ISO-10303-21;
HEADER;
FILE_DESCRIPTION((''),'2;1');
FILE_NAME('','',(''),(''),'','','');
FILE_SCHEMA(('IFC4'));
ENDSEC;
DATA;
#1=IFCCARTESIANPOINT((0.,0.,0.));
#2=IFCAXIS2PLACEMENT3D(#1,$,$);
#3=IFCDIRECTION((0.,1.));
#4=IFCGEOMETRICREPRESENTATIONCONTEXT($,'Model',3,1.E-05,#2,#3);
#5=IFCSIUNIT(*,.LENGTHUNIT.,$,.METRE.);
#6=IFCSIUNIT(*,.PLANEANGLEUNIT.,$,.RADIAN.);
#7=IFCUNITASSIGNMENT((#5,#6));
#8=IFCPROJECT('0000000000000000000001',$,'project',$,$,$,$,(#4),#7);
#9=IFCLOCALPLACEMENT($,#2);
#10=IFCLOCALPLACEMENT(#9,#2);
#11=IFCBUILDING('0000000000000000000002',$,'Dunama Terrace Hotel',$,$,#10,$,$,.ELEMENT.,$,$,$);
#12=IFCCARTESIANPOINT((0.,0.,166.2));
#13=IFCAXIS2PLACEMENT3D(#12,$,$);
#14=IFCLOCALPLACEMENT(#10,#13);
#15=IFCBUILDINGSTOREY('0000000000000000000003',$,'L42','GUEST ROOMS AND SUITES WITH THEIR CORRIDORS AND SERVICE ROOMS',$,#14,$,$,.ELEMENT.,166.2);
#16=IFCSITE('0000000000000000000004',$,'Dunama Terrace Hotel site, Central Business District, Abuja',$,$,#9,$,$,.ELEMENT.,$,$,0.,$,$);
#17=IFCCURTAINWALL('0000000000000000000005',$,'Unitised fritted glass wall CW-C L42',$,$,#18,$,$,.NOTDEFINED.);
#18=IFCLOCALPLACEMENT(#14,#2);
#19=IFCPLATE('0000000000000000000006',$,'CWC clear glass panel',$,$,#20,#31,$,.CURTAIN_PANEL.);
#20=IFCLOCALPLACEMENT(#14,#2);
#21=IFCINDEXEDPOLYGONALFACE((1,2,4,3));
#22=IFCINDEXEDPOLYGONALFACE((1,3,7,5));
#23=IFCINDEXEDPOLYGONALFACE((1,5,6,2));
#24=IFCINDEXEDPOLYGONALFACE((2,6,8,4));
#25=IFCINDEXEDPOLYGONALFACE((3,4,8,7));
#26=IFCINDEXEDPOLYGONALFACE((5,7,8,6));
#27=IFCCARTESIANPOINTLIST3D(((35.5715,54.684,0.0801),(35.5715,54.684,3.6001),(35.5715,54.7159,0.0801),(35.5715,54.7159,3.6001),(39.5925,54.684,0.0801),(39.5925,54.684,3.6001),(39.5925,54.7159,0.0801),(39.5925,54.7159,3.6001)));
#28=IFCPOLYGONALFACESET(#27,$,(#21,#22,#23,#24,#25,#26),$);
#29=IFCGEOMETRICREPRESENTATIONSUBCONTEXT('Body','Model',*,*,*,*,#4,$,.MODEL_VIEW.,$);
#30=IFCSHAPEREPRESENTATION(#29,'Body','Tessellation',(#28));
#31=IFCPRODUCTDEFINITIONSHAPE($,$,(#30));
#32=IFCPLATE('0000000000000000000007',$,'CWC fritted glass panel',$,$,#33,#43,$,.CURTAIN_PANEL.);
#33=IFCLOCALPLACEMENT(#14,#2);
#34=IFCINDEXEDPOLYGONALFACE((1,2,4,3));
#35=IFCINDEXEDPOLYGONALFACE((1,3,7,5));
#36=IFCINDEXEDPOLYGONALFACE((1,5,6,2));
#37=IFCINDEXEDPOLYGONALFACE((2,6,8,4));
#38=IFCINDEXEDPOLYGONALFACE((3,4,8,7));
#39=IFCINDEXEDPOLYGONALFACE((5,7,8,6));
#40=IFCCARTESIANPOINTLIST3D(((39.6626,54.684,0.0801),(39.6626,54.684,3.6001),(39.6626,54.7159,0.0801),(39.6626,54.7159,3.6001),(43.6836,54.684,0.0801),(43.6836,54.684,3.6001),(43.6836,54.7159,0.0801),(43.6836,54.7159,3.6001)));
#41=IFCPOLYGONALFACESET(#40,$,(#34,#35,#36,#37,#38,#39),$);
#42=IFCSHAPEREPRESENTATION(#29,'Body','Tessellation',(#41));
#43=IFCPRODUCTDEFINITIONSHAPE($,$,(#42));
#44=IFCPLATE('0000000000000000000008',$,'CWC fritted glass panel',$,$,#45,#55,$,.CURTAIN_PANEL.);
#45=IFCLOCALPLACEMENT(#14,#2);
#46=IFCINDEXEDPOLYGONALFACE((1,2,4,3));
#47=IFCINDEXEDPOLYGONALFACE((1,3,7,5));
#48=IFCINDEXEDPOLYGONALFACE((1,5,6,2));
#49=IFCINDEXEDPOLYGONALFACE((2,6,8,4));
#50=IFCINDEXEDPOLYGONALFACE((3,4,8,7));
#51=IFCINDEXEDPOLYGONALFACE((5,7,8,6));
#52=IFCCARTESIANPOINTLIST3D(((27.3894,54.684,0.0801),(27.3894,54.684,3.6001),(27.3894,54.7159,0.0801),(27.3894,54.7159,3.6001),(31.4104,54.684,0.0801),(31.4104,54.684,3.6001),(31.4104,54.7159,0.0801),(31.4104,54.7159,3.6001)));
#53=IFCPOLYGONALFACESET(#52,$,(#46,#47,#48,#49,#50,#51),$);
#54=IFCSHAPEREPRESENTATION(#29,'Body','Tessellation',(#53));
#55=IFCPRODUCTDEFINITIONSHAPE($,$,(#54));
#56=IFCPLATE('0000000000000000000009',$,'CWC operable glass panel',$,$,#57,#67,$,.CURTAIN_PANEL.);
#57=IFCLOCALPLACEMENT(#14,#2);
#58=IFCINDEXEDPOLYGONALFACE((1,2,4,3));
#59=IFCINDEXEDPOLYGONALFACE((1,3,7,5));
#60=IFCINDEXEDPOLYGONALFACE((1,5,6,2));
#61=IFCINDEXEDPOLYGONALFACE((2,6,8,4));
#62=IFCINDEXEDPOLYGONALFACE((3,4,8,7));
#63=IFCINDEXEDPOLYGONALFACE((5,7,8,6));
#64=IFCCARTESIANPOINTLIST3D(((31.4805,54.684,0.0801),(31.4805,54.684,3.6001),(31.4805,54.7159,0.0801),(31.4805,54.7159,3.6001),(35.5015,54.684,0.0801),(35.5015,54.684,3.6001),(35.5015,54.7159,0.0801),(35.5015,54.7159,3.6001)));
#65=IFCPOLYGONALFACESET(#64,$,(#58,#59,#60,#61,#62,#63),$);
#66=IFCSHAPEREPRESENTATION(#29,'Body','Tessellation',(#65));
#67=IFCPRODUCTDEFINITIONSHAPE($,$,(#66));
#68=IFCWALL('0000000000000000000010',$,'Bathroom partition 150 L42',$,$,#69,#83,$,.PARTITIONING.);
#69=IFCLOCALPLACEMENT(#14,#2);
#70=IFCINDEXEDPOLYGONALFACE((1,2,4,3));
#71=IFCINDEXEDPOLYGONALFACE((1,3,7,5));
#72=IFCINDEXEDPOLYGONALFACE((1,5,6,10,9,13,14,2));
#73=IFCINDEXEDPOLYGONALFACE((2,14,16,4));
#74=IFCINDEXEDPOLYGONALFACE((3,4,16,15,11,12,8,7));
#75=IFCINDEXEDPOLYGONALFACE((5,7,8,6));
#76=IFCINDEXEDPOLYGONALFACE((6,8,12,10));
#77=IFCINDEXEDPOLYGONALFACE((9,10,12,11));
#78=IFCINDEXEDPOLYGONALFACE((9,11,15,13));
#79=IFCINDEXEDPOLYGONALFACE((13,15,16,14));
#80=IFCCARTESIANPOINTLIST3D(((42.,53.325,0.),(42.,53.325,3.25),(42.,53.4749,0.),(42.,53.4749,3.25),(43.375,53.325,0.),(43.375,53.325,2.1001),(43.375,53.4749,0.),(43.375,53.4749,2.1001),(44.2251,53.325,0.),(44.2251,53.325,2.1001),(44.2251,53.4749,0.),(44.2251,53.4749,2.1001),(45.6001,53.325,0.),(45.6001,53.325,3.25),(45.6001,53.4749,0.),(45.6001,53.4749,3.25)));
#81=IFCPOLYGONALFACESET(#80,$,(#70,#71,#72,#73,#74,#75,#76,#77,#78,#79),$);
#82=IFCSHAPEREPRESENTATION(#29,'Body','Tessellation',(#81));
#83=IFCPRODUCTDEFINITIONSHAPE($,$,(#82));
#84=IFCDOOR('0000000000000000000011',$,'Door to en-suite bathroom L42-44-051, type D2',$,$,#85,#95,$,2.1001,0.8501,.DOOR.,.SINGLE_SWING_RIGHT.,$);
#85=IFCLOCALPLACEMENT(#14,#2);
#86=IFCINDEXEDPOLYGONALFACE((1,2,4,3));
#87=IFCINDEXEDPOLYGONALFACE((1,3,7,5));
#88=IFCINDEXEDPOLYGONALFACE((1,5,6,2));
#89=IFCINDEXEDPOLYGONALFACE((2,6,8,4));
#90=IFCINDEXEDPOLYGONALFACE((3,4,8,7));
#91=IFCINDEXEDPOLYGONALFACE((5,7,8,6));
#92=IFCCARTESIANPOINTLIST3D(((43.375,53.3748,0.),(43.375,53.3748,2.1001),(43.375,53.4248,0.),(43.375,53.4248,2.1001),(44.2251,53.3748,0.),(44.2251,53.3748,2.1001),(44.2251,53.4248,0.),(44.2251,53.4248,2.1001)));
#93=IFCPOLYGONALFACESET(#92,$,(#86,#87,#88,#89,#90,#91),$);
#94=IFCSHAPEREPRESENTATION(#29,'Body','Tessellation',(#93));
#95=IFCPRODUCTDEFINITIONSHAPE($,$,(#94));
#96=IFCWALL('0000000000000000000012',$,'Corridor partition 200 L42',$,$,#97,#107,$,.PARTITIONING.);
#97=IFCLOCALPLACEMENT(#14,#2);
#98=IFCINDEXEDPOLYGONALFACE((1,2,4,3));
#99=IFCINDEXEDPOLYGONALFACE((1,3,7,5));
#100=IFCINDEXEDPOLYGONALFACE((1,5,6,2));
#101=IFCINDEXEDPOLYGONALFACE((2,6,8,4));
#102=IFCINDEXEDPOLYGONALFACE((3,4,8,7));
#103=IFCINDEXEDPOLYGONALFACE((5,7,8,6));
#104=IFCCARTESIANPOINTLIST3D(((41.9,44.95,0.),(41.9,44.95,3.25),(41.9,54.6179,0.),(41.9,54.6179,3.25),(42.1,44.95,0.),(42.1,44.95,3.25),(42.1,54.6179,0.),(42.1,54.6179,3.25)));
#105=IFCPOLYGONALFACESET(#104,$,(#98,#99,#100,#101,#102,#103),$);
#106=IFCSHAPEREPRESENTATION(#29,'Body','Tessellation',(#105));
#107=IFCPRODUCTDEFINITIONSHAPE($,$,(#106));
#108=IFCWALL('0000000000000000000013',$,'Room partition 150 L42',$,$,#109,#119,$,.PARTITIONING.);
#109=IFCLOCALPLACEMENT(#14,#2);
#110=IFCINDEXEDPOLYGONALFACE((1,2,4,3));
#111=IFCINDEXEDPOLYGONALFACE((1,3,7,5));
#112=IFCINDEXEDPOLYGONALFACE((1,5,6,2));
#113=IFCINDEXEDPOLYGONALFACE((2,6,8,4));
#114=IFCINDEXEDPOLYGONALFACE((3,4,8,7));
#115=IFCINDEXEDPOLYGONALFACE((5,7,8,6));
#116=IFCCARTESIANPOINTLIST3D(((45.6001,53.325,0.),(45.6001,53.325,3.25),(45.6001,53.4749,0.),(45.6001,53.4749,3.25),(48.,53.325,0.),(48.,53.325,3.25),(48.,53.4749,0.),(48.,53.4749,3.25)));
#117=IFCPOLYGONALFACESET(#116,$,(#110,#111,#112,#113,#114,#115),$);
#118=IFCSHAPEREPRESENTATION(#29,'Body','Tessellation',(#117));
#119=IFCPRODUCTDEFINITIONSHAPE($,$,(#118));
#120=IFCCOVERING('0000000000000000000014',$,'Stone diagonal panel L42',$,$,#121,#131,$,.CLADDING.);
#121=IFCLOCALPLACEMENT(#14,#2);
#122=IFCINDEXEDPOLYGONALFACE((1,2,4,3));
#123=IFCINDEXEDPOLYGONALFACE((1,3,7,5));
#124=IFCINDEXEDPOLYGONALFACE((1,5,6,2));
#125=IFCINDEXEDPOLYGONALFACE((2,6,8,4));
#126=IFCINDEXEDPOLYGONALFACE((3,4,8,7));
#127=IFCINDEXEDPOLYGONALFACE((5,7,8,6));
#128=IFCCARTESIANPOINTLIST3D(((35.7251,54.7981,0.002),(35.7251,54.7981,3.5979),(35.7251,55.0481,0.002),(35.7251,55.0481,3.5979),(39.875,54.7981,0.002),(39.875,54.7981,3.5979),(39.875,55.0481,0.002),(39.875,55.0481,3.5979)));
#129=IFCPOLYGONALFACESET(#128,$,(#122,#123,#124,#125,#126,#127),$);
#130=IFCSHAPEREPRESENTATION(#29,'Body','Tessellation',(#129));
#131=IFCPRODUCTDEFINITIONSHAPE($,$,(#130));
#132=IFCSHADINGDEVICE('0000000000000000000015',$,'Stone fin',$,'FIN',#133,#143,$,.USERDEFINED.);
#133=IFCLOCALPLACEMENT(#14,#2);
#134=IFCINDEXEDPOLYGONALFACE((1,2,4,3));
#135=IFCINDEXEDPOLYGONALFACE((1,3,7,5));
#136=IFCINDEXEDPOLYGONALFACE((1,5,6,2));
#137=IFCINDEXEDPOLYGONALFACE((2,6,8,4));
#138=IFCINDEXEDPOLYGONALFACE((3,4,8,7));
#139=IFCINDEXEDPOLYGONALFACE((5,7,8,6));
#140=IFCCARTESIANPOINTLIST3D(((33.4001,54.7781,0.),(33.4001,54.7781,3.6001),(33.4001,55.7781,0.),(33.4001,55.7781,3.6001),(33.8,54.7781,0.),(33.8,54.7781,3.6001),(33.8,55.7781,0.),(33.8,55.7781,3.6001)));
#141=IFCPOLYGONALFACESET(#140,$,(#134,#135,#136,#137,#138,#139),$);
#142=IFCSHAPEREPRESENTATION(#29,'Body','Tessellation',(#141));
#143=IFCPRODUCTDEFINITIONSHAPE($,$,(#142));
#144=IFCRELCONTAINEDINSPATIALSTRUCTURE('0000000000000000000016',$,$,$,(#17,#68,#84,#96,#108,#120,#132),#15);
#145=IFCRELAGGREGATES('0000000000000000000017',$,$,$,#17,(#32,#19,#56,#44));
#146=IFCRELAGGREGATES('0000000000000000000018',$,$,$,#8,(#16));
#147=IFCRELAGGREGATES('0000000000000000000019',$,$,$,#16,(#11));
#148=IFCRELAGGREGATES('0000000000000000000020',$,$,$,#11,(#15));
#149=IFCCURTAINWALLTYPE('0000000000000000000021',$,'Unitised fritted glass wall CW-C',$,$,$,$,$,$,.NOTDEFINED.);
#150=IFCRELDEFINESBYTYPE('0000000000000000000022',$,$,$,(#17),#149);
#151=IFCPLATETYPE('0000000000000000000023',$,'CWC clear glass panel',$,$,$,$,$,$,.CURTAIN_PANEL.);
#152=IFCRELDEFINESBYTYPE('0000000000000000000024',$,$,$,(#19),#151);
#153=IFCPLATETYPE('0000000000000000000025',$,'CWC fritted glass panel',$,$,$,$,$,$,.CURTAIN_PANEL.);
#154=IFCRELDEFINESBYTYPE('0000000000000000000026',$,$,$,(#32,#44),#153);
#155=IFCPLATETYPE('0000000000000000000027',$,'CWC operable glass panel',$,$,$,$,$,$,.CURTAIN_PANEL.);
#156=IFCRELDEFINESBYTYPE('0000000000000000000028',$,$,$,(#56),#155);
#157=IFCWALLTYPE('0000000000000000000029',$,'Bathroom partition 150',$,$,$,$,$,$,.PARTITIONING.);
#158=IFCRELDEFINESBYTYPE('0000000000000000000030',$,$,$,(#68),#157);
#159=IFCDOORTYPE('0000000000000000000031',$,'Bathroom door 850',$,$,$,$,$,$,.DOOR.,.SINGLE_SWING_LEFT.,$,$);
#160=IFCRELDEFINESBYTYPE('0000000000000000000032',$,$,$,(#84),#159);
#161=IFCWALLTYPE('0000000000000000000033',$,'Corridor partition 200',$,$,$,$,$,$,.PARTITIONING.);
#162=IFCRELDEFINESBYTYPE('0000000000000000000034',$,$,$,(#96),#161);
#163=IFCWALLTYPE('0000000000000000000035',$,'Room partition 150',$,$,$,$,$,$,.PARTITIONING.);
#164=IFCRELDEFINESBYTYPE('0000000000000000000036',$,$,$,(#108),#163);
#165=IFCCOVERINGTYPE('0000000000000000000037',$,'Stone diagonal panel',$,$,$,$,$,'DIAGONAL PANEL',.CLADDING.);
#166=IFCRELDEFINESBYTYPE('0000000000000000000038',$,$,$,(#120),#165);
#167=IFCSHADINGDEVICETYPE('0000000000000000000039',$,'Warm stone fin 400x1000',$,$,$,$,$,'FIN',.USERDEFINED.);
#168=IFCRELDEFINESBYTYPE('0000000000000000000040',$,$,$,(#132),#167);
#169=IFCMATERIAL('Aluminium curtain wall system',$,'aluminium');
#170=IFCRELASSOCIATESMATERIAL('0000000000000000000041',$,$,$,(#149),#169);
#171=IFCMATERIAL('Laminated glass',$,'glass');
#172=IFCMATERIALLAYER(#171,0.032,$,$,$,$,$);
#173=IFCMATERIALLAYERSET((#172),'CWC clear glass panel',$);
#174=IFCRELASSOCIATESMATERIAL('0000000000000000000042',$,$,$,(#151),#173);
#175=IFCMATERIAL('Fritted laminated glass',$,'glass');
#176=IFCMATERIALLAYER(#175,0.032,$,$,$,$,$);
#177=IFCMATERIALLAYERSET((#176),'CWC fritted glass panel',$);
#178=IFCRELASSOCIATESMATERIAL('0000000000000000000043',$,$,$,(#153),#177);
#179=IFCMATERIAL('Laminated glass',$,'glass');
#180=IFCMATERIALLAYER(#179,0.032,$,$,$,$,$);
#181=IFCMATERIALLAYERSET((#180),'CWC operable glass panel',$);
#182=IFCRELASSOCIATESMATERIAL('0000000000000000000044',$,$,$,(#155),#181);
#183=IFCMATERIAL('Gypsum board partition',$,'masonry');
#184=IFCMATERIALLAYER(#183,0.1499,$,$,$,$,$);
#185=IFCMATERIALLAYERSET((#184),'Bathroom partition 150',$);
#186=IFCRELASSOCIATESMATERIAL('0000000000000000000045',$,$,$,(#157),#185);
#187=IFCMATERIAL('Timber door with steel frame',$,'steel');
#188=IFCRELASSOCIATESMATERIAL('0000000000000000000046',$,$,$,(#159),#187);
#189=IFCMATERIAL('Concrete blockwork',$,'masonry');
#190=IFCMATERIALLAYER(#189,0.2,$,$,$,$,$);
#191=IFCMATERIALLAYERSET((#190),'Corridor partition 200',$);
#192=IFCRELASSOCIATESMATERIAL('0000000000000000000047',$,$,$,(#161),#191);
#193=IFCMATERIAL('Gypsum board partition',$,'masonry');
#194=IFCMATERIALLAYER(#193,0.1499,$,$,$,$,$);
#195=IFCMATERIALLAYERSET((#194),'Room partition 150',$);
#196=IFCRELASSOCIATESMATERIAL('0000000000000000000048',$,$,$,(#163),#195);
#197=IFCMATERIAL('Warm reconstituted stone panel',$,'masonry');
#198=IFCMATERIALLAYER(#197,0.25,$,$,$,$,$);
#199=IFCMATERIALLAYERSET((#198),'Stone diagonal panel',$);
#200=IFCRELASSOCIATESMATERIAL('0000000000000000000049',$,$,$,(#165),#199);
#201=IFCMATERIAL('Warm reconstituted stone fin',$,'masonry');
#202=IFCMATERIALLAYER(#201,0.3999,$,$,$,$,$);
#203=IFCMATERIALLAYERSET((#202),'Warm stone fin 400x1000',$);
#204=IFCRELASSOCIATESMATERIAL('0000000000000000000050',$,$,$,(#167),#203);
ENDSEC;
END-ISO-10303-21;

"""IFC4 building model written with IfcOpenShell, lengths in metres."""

from ifc_helpers import new_model, si_unit, direction, frame, frame_2d, origin, origin_2d, place, context, subcontext, project, spatial, rectangle, extrude, material, layer, layer_set, type_object, element, fill, aggregate, save


model = new_model("IFC4")

# Units and contexts
model_context = context("Model", 3, precision=1e-05, world=origin(), true_north=direction((0.0, 1.0)))
body_context = subcontext(model_context, "Body", "Model", "MODEL_VIEW")
ifc_project = project(units=[si_unit("LENGTHUNIT", "METRE"), si_unit("PLANEANGLEUNIT", "RADIAN")], contexts=[model_context])

# Site, building, storey
site_placement = place(None, origin())
site = spatial("IfcSite", under=ifc_project, at=site_placement, Name="Dunama Terrace Hotel site, Central Business District, Abuja", CompositionType="ELEMENT", RefElevation=0.0)
building_placement = place(site_placement, origin())
building = spatial("IfcBuilding", under=site, at=building_placement, Name="Dunama Terrace Hotel", CompositionType="ELEMENT")
storey_placement = place(building_placement, frame((0.0, 0.0, 166.2)))
storey = spatial("IfcBuildingStorey", under=building, at=storey_placement, Name="L42", Description="GUEST ROOMS AND SUITES WITH THEIR CORRIDORS AND SERVICE ROOMS", CompositionType="ELEMENT", Elevation=166.2)

# Curtain wall
ifc_material_1 = material(Name="Aluminium curtain wall system", Category="aluminium")
curtain_wall_type = type_object("IfcCurtainWallType", Name="Unitised fritted glass wall CW-C", PredefinedType="NOTDEFINED", material=ifc_material_1)
curtain_wall_placement = place(storey_placement, origin())
curtain_wall = element("IfcCurtainWall", 1, at=curtain_wall_placement, inside=storey, type_object=curtain_wall_type, Name="Unitised fritted glass wall CW-C L42", PredefinedType="NOTDEFINED")

# Plates
ifc_material_2 = material(Name="Laminated glass", Category="glass")
ifc_layer_1 = layer(ifc_material_2, 0.032)
ifc_layer_set_1 = layer_set([ifc_layer_1], Name="CWC clear glass panel")
plate_type_1 = type_object("IfcPlateType", Name="CWC clear glass panel", PredefinedType="CURTAIN_PANEL", material=ifc_layer_set_1)
plate_1_placement = place(storey_placement, frame((37.582, 54.7, 0.0801), z_axis=(0.0, 0.0, 1.0), x_axis=(-1.0, 0.0, 0.0)))
plate_1 = element("IfcPlate", 2, at=plate_1_placement, type_object=plate_type_1, Name="CWC clear glass panel", PredefinedType="CURTAIN_PANEL", context=body_context, shape_type="SweptSolid", body=[
    extrude(rectangle(XDim=4.021, YDim=0.032, at=origin_2d()), origin(), (0.0, 0.0, 1.0), 3.52),
])
ifc_material_3 = material(Name="Fritted laminated glass", Category="glass")
ifc_layer_2 = layer(ifc_material_3, 0.032)
ifc_layer_set_2 = layer_set([ifc_layer_2], Name="CWC fritted glass panel")
plate_type_2 = type_object("IfcPlateType", Name="CWC fritted glass panel", PredefinedType="CURTAIN_PANEL", material=ifc_layer_set_2)
plate_2_placement = place(storey_placement, frame((41.6731, 54.7, 0.0801), z_axis=(0.0, 0.0, 1.0), x_axis=(-1.0, 0.0, 0.0)))
plate_2 = element("IfcPlate", 3, at=plate_2_placement, type_object=plate_type_2, Name="CWC fritted glass panel", PredefinedType="CURTAIN_PANEL", context=body_context, shape_type="SweptSolid", body=[
    extrude(rectangle(XDim=4.021, YDim=0.032, at=origin_2d()), origin(), (0.0, 0.0, 1.0), 3.52),
])
plate_3_placement = place(storey_placement, frame((29.3999, 54.7, 0.0801), z_axis=(0.0, 0.0, 1.0), x_axis=(-1.0, 0.0, 0.0)))
plate_3 = element("IfcPlate", 4, at=plate_3_placement, type_object=plate_type_2, Name="CWC fritted glass panel", PredefinedType="CURTAIN_PANEL", context=body_context, shape_type="SweptSolid", body=[
    extrude(rectangle(XDim=4.021, YDim=0.032, at=origin_2d()), origin(), (0.0, 0.0, 1.0), 3.52),
])
ifc_material_4 = material(Name="Laminated glass", Category="glass")
ifc_layer_3 = layer(ifc_material_4, 0.032)
ifc_layer_set_3 = layer_set([ifc_layer_3], Name="CWC operable glass panel")
plate_type_3 = type_object("IfcPlateType", Name="CWC operable glass panel", PredefinedType="CURTAIN_PANEL", material=ifc_layer_set_3)
plate_4_placement = place(storey_placement, frame((33.491, 54.7, 0.0801), z_axis=(0.0, 0.0, 1.0), x_axis=(-1.0, 0.0, 0.0)))
plate_4 = element("IfcPlate", 5, at=plate_4_placement, type_object=plate_type_3, Name="CWC operable glass panel", PredefinedType="CURTAIN_PANEL", context=body_context, shape_type="SweptSolid", body=[
    extrude(rectangle(XDim=4.021, YDim=0.032, at=origin_2d()), origin(), (0.0, 0.0, 1.0), 3.52),
])
aggregate(curtain_wall, [plate_2, plate_1, plate_4, plate_3])

# Wall, opening, door
ifc_material_5 = material(Name="Gypsum board partition", Category="masonry")
ifc_layer_4 = layer(ifc_material_5, 0.1499)
ifc_layer_set_4 = layer_set([ifc_layer_4], Name="Bathroom partition 150")
wall_type_1 = type_object("IfcWallType", Name="Bathroom partition 150", PredefinedType="PARTITIONING", material=ifc_layer_set_4)
wall_1_placement = place(storey_placement, frame((42.0, 53.3999, 0.0), z_axis=(0.0, 0.0, 1.0), x_axis=(1.0, 0.0, 0.0)))
wall_1 = element("IfcWall", 6, at=wall_1_placement, inside=storey, type_object=wall_type_1, Name="Bathroom partition 150 L42", PredefinedType="PARTITIONING", context=body_context, shape_type="SweptSolid", body=[
    extrude(rectangle(XDim=3.6001, YDim=0.1499, at=frame_2d((1.8, 0.0))), origin(), (0.0, 0.0, 1.0), 3.25),
])
opening_placement = place(wall_1_placement, frame((1.375, 0.0, 0.0)))
opening = element("IfcOpeningElement", 7, at=opening_placement, cuts=wall_1, PredefinedType="OPENING", context=body_context, shape_type="SweptSolid", body=[
    extrude(rectangle(XDim=0.8501, YDim=2.1001, at=frame_2d((0.425, 1.05))), frame((0.0, 0.085, 0.0), z_axis=(0.0, -1.0, 0.0), x_axis=(1.0, 0.0, 0.0)), (0.0, 0.0, 1.0), 0.1699),
])
ifc_material_6 = material(Name="Timber door with steel frame", Category="steel")
door_type = type_object("IfcDoorType", Name="Bathroom door 850", OperationType="SINGLE_SWING_LEFT", PredefinedType="DOOR", material=ifc_material_6)
door_placement = place(opening_placement, frame((0.8501, 0.0, 0.0), z_axis=(0.0, 0.0, 1.0), x_axis=(-1.0, 0.0, 0.0)))
door = element("IfcDoor", 8, at=door_placement, inside=storey, type_object=door_type, Name="Door to en-suite bathroom L42-44-051, type D2", OperationType="SINGLE_SWING_RIGHT", OverallHeight=2.1001, OverallWidth=0.8501, PredefinedType="DOOR", context=body_context, shape_type="SweptSolid", body=[
    extrude(rectangle(XDim=0.8501, YDim=2.1001, at=frame_2d((0.425, 1.05))), frame((0.0, 0.0251, 0.0), z_axis=(0.0, -1.0, 0.0), x_axis=(1.0, 0.0, 0.0)), (0.0, 0.0, 1.0), 0.05),
])
fill(opening, door)

# Walls
ifc_material_7 = material(Name="Concrete blockwork", Category="masonry")
ifc_layer_5 = layer(ifc_material_7, 0.2)
ifc_layer_set_5 = layer_set([ifc_layer_5], Name="Corridor partition 200")
wall_type_2 = type_object("IfcWallType", Name="Corridor partition 200", PredefinedType="PARTITIONING", material=ifc_layer_set_5)
wall_2_placement = place(storey_placement, frame((42.0, 54.6179, 0.0), z_axis=(0.0, 0.0, 1.0), x_axis=(0.0, -1.0, 0.0)))
element("IfcWall", 9, at=wall_2_placement, inside=storey, type_object=wall_type_2, Name="Corridor partition 200 L42", PredefinedType="PARTITIONING", context=body_context, shape_type="SweptSolid", body=[
    extrude(rectangle(XDim=9.668, YDim=0.2, at=frame_2d((4.834, 0.0))), origin(), (0.0, 0.0, 1.0), 3.25),
])
ifc_material_8 = material(Name="Gypsum board partition", Category="masonry")
ifc_layer_6 = layer(ifc_material_8, 0.1499)
ifc_layer_set_6 = layer_set([ifc_layer_6], Name="Room partition 150")
wall_type_3 = type_object("IfcWallType", Name="Room partition 150", PredefinedType="PARTITIONING", material=ifc_layer_set_6)
wall_3_placement = place(storey_placement, frame((45.6001, 53.3999, 0.0), z_axis=(0.0, 0.0, 1.0), x_axis=(1.0, 0.0, 0.0)))
element("IfcWall", 10, at=wall_3_placement, inside=storey, type_object=wall_type_3, Name="Room partition 150 L42", PredefinedType="PARTITIONING", context=body_context, shape_type="SweptSolid", body=[
    extrude(rectangle(XDim=2.3999, YDim=0.1499, at=frame_2d((1.2, 0.0))), origin(), (0.0, 0.0, 1.0), 3.25),
])

# Covering
ifc_material_9 = material(Name="Warm reconstituted stone panel", Category="masonry")
ifc_layer_7 = layer(ifc_material_9, 0.25)
ifc_layer_set_7 = layer_set([ifc_layer_7], Name="Stone diagonal panel")
covering_type = type_object("IfcCoveringType", Name="Stone diagonal panel", ElementType="DIAGONAL PANEL", PredefinedType="CLADDING", material=ifc_layer_set_7)
covering_placement = place(storey_placement, frame((37.8, 54.9231, 0.002), z_axis=(0.0, 0.0, 1.0), x_axis=(-1.0, 0.0, 0.0)))
element("IfcCovering", 11, at=covering_placement, inside=storey, type_object=covering_type, Name="Stone diagonal panel L42", PredefinedType="CLADDING", context=body_context, shape_type="SweptSolid", body=[
    extrude(rectangle(XDim=4.1499, YDim=0.25, at=origin_2d()), origin(), (0.0, 0.0, 1.0), 3.5959),
])

# Shading device
ifc_material_10 = material(Name="Warm reconstituted stone fin", Category="masonry")
ifc_layer_8 = layer(ifc_material_10, 0.3999)
ifc_layer_set_8 = layer_set([ifc_layer_8], Name="Warm stone fin 400x1000")
shading_device_type = type_object("IfcShadingDeviceType", Name="Warm stone fin 400x1000", ElementType="FIN", PredefinedType="USERDEFINED", material=ifc_layer_set_8)
shading_device_placement = place(storey_placement, frame((33.6001, 55.2781, 0.0), z_axis=(0.0, 0.0, 1.0), x_axis=(-1.0, 0.0, 0.0)))
element("IfcShadingDevice", 12, at=shading_device_placement, inside=storey, type_object=shading_device_type, Name="Stone fin", ObjectType="FIN", PredefinedType="USERDEFINED", context=body_context, shape_type="SweptSolid", body=[
    extrude(rectangle(XDim=0.3999, YDim=1.0, at=origin_2d()), origin(), (0.0, 0.0, 1.0), 3.6001),
])

save(model, "model.ifc")
